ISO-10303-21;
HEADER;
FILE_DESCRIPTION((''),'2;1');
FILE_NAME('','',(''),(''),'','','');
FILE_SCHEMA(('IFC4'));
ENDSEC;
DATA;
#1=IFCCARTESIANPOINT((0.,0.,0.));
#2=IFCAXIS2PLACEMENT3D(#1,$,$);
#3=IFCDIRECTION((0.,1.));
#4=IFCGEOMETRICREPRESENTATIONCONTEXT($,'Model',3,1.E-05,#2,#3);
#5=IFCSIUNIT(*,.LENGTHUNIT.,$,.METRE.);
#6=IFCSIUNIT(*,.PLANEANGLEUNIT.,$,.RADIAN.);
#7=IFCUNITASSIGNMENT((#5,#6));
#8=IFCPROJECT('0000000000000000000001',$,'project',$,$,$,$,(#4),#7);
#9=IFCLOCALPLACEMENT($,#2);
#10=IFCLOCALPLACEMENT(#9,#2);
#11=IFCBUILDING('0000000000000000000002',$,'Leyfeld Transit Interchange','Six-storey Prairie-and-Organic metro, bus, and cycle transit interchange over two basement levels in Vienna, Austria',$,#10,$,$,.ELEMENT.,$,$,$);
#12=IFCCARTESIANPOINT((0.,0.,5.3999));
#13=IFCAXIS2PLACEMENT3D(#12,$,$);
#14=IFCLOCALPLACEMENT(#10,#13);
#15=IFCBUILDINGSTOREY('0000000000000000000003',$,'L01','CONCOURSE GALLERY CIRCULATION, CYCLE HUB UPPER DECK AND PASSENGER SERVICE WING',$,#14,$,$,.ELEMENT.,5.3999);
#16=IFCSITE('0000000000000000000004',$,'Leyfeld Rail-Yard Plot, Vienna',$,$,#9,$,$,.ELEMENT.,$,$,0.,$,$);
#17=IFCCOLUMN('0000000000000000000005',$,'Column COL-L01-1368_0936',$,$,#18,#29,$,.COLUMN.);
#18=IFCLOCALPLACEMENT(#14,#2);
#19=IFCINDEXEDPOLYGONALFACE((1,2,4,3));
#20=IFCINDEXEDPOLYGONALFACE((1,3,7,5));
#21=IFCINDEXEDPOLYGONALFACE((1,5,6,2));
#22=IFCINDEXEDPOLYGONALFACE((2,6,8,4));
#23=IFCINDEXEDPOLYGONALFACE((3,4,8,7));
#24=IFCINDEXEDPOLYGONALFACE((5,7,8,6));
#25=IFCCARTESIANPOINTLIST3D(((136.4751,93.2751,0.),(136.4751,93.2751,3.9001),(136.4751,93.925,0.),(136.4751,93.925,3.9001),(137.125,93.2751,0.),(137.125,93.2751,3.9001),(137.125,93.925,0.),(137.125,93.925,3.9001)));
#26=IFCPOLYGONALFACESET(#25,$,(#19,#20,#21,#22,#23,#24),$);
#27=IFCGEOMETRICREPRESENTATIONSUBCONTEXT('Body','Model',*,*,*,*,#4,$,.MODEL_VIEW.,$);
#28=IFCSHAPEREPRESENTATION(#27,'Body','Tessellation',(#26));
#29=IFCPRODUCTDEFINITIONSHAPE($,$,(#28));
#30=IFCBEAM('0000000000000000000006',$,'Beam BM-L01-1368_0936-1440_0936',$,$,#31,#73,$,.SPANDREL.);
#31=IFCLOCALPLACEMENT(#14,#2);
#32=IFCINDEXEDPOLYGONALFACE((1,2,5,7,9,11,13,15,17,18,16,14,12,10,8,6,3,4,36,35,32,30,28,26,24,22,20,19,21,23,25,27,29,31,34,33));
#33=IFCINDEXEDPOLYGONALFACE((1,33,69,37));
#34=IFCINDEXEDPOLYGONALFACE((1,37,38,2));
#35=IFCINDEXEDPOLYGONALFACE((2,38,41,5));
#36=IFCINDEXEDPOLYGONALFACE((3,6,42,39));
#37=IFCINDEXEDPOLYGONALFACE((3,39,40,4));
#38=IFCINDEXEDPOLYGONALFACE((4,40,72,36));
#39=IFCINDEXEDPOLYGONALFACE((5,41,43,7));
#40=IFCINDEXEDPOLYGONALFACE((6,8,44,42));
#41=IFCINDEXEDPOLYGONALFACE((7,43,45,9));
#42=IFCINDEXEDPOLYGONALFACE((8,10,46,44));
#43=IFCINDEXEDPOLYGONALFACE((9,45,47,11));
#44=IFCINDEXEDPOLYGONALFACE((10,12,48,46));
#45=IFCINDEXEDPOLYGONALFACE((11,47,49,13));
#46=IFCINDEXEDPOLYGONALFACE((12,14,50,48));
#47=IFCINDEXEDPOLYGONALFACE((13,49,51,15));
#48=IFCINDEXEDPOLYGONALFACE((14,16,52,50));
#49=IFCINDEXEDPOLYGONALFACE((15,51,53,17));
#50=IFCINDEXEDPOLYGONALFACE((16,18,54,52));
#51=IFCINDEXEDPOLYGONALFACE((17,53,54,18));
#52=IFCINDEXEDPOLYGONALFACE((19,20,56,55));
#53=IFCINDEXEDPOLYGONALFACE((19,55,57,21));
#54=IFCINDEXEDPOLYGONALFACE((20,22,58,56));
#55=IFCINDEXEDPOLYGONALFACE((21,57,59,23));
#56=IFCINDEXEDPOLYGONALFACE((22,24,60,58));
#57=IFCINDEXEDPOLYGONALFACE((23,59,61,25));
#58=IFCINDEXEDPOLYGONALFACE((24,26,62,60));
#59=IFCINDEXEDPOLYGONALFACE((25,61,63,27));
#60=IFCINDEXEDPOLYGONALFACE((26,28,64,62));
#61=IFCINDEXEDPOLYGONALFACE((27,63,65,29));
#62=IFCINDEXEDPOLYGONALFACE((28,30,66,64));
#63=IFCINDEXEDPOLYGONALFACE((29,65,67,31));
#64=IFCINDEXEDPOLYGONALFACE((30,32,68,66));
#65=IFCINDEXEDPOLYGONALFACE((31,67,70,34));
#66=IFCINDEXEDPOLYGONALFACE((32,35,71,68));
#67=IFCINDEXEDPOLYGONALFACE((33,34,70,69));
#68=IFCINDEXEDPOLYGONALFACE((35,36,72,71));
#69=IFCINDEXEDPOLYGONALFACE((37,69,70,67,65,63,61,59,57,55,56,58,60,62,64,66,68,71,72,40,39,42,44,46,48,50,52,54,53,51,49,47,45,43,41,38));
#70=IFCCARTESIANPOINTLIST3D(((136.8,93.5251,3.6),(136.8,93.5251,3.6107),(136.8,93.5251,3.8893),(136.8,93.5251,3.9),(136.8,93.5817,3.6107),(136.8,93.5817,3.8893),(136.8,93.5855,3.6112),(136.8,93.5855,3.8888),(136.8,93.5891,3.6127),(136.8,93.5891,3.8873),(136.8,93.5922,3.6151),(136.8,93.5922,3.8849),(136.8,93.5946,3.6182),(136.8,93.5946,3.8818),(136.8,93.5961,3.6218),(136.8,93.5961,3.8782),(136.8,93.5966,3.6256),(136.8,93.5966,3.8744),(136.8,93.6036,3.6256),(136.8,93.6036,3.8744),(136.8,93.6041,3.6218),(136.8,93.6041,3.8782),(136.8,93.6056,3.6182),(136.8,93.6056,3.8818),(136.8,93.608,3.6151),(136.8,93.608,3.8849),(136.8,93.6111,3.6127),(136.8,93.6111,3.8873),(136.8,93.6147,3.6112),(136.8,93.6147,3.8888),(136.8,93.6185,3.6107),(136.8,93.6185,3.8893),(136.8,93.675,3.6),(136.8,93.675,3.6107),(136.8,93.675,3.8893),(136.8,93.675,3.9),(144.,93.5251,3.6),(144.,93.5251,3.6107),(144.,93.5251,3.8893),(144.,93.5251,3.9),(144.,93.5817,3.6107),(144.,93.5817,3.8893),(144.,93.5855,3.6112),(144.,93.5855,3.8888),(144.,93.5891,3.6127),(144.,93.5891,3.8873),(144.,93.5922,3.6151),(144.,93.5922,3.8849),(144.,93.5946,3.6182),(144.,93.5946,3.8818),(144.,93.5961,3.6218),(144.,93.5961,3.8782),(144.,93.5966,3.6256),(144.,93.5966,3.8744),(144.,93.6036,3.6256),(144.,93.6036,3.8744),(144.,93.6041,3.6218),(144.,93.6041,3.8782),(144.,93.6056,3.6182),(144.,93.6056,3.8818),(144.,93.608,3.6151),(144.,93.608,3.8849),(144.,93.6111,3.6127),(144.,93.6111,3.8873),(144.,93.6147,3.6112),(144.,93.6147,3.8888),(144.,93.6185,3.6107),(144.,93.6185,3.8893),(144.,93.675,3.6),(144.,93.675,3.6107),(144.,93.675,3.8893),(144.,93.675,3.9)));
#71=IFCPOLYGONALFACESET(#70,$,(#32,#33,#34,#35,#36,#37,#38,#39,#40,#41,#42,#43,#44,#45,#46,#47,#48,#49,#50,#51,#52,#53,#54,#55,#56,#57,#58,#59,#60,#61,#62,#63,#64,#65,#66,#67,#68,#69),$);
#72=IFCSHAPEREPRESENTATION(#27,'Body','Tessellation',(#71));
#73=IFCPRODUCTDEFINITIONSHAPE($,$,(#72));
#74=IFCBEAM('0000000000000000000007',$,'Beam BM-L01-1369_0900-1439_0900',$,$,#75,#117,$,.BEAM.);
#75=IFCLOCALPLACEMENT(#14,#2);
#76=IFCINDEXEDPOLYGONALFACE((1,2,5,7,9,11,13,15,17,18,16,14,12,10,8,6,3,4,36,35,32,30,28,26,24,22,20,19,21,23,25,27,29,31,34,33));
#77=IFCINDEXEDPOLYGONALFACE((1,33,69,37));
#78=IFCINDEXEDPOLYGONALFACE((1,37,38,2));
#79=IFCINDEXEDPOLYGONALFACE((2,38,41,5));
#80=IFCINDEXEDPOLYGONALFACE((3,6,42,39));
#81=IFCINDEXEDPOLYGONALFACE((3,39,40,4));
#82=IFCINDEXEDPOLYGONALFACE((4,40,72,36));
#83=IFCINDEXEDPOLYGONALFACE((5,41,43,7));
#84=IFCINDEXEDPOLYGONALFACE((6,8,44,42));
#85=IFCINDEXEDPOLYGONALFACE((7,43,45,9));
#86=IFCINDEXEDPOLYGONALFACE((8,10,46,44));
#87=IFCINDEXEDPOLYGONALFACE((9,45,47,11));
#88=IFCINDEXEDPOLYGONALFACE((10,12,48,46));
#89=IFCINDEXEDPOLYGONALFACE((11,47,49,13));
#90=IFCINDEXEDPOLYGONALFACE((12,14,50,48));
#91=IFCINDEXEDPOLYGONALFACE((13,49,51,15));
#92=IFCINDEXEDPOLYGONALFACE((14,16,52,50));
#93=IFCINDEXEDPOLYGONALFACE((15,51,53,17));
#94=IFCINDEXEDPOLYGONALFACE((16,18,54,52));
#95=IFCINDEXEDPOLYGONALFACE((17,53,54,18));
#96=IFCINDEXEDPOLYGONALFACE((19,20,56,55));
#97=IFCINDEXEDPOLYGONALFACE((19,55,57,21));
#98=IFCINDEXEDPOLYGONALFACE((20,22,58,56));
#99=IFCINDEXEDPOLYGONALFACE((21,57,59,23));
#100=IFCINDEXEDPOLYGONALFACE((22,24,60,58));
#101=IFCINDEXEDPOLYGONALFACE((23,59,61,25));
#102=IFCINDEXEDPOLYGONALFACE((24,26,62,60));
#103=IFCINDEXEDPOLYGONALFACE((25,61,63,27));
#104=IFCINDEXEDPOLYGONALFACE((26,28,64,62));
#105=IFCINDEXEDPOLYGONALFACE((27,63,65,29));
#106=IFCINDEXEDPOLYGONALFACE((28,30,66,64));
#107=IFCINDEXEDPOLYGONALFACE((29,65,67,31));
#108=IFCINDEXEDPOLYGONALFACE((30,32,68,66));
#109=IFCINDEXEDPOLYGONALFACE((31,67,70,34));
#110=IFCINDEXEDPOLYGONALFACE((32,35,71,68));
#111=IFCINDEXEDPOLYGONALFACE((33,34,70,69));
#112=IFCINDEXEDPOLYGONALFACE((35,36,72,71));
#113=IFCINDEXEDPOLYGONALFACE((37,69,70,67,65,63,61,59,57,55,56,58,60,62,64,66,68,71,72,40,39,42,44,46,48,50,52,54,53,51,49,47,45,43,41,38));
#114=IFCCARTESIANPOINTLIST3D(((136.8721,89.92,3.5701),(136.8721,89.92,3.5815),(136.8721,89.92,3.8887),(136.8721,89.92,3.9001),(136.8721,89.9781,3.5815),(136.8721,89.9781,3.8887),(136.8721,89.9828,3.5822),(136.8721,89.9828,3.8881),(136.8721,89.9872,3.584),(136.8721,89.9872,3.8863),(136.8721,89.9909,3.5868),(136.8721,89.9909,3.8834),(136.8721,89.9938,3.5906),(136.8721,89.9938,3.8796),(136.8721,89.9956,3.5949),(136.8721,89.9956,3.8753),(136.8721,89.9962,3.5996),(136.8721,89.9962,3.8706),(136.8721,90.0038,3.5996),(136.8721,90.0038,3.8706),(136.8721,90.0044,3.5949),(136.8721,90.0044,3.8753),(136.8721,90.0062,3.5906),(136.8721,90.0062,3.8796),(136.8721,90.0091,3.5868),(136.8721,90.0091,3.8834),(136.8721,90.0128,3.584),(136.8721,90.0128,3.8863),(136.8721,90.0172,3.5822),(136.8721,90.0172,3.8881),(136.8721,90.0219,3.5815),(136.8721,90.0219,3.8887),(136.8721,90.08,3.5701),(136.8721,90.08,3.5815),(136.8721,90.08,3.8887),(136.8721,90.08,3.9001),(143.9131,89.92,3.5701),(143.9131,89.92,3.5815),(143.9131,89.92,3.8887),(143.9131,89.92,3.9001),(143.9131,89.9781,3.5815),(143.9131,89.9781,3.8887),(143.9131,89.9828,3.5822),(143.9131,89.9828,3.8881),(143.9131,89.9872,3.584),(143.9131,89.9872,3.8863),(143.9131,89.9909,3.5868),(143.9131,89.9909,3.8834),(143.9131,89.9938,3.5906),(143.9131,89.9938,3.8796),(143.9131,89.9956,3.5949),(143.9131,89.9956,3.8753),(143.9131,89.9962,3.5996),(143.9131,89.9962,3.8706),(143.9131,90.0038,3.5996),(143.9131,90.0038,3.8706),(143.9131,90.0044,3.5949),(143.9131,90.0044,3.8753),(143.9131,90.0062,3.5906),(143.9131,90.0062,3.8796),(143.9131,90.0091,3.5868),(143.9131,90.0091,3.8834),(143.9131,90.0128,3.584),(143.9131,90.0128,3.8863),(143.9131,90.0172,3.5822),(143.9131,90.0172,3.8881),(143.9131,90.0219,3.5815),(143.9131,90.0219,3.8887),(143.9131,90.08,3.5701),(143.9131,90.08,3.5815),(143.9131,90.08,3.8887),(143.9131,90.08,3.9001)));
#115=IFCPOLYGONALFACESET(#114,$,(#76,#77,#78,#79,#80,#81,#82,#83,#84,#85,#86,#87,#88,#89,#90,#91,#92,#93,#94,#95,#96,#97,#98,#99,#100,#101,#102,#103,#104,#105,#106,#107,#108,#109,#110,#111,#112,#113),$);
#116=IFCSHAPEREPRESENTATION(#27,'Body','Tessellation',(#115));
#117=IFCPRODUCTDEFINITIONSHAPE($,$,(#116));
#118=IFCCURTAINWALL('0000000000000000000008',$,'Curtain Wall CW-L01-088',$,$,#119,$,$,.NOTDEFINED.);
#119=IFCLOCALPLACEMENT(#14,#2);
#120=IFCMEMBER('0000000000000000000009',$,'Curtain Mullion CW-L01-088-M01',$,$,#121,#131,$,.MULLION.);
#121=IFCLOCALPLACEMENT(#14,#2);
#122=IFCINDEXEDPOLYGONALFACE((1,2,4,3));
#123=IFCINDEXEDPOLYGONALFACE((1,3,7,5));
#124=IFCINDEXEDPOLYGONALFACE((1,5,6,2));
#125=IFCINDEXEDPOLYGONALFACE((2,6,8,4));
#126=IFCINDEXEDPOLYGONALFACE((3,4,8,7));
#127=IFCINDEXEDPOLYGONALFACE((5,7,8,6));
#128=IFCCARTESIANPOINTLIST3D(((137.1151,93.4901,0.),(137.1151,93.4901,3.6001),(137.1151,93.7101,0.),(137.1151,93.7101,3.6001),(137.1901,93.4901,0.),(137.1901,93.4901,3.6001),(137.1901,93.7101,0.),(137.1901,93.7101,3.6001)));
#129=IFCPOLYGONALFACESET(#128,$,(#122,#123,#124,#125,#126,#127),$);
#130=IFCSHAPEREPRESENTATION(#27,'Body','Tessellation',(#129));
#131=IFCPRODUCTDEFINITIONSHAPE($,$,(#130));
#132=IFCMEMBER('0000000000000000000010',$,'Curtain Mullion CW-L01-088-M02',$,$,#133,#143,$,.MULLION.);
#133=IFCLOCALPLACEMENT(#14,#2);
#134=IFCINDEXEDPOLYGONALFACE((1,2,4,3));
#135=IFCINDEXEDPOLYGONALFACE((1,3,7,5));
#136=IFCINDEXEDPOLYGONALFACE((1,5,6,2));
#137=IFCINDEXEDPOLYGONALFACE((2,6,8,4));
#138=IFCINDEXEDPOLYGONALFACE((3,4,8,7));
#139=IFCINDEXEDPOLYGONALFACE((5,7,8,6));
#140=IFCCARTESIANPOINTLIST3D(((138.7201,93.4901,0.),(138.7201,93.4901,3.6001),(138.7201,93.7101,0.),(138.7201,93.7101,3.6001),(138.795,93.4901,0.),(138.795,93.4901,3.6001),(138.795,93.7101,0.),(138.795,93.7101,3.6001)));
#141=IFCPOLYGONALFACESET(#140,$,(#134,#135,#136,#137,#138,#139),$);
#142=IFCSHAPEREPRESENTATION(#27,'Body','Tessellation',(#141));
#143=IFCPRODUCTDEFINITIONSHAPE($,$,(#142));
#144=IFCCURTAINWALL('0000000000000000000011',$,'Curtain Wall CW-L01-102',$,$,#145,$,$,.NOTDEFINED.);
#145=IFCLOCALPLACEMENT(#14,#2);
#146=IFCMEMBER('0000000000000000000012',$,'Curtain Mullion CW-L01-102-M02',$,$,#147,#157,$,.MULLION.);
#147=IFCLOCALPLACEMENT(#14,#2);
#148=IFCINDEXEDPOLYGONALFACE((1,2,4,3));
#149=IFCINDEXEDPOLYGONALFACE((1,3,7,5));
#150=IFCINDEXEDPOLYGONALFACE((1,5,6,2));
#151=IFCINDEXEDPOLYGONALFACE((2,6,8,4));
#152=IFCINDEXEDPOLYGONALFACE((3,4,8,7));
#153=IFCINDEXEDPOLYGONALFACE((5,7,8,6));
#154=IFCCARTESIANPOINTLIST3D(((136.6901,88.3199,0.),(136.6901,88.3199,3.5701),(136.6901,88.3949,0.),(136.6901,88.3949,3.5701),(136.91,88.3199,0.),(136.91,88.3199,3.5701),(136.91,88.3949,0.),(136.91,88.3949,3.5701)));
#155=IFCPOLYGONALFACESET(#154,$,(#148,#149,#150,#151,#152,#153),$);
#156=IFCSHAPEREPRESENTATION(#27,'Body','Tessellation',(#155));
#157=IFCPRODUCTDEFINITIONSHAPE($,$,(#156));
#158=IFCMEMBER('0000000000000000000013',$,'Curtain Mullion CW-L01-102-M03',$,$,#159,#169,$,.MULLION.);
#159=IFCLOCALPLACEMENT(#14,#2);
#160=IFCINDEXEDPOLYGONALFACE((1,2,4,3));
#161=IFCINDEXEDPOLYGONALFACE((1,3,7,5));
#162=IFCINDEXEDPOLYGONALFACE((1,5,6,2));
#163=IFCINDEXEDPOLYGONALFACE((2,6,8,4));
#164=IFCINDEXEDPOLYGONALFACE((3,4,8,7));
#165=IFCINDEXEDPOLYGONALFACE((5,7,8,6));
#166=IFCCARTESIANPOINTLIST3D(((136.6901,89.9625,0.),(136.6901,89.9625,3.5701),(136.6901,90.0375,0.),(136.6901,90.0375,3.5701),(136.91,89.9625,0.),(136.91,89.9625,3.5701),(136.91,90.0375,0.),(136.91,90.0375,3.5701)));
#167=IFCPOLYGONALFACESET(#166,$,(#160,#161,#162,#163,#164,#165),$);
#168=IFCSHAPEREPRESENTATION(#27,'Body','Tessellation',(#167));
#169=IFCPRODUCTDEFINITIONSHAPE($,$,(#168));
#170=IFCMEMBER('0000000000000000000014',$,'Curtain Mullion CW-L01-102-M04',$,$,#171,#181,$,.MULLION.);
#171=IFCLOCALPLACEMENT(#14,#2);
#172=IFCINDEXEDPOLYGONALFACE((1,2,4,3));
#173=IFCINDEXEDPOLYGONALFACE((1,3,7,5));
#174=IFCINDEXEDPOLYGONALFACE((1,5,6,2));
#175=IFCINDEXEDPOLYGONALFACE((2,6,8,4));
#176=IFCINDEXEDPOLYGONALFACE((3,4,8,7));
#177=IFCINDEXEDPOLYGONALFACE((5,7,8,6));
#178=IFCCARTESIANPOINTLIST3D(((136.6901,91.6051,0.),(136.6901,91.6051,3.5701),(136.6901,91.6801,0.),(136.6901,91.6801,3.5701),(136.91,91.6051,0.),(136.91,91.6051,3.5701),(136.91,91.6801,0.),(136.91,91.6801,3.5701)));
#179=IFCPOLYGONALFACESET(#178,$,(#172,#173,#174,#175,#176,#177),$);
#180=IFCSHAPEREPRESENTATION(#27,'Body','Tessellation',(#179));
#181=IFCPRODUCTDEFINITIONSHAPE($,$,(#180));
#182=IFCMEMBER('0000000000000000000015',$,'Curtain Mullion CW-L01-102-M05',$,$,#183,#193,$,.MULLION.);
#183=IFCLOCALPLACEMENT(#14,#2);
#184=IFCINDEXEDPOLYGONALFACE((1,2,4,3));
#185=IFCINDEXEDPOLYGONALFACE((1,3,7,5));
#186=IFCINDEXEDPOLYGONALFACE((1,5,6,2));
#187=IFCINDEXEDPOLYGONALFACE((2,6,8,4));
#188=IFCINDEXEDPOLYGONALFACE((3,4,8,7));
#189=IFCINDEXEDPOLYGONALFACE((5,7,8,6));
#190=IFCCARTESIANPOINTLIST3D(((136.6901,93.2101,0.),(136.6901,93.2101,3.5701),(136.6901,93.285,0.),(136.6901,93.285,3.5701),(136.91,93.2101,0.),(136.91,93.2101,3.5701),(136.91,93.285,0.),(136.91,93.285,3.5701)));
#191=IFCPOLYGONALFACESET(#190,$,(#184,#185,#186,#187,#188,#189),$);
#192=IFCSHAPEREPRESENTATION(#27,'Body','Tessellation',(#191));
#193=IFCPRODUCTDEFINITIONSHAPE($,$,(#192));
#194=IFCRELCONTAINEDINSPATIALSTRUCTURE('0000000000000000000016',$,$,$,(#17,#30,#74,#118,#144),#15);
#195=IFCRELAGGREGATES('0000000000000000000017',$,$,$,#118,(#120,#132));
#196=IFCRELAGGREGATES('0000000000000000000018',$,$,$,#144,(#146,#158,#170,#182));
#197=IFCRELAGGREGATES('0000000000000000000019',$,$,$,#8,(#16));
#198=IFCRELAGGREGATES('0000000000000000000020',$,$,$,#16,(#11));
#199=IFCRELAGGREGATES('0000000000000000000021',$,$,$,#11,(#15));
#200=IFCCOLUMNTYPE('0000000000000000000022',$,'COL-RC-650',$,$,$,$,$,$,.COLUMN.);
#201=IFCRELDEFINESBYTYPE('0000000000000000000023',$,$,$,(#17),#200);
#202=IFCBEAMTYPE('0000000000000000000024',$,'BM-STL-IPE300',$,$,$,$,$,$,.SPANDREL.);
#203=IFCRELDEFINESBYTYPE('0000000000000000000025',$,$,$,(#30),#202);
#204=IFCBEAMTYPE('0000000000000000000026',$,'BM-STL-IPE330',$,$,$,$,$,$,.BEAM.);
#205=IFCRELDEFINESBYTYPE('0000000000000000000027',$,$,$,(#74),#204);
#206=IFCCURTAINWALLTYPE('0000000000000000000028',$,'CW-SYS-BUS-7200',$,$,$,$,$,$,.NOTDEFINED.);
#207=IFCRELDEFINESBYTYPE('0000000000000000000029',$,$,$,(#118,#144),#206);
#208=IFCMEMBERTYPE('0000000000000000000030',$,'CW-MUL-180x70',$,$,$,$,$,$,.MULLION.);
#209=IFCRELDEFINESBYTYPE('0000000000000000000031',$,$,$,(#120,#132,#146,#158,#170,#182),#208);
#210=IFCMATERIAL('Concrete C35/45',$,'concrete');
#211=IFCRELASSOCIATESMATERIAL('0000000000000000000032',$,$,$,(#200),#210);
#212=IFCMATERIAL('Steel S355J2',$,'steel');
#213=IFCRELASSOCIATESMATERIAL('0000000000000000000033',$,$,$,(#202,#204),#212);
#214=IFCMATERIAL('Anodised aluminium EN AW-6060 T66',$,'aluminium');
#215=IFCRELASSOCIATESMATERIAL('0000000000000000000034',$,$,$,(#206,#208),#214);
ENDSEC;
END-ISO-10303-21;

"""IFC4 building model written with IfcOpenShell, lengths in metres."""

from ifc_helpers import new_model, si_unit, direction, frame, origin, origin_2d, place, context, subcontext, project, spatial, rectangle, i_section, extrude, material, material_profile, profile_set, type_object, element, aggregate, save


model = new_model("IFC4")

# Units and contexts
model_context = context("Model", 3, precision=1e-05, world=origin(), true_north=direction((0.0, 1.0)))
body_context = subcontext(model_context, "Body", "Model", "MODEL_VIEW")
ifc_project = project(units=[si_unit("LENGTHUNIT", "METRE"), si_unit("PLANEANGLEUNIT", "RADIAN")], contexts=[model_context])

# Site, building, storey
site_placement = place(None, origin())
site = spatial("IfcSite", under=ifc_project, at=site_placement, Name="Leyfeld Rail-Yard Plot, Vienna", CompositionType="ELEMENT", RefElevation=0.0)
building_placement = place(site_placement, origin())
building = spatial("IfcBuilding", under=site, at=building_placement, Name="Leyfeld Transit Interchange", Description="Six-storey Prairie-and-Organic metro, bus, and cycle transit interchange over two basement levels in Vienna, Austria", CompositionType="ELEMENT")
storey_placement = place(building_placement, frame((0.0, 0.0, 5.3999)))
storey = spatial("IfcBuildingStorey", under=building, at=storey_placement, Name="L01", Description="CONCOURSE GALLERY CIRCULATION, CYCLE HUB UPPER DECK AND PASSENGER SERVICE WING", CompositionType="ELEMENT", Elevation=5.3999)

# Column
ifc_material_1 = material(Name="Concrete C35/45", Category="concrete")
ifc_material_profile_1 = material_profile(ifc_material_1, rectangle(XDim=0.6499, YDim=0.6499, at=origin_2d()), Name="RC 650x650")
ifc_profile_set_1 = profile_set([ifc_material_profile_1], Name="Concrete C35/45")
column_type = type_object("IfcColumnType", Name="COL-RC-650", PredefinedType="COLUMN", material=ifc_profile_set_1)
column_placement = place(storey_placement, frame((136.8, 93.6001, 0.0), z_axis=(0.0, 0.0, 1.0), x_axis=(1.0, 0.0, 0.0)))
element("IfcColumn", 1, at=column_placement, inside=storey, type_object=column_type, Name="Column COL-L01-1368_0936", PredefinedType="COLUMN", context=body_context, shape_type="SweptSolid", body=[
    extrude(rectangle(XDim=0.6499, YDim=0.6499, at=origin_2d()), origin(), (0.0, 0.0, 1.0), 3.9001),
])

# Beams
ifc_material_2 = material(Name="Steel S355J2", Category="steel")
ifc_material_profile_2 = material_profile(ifc_material_2, i_section(OverallWidth=0.1499, OverallDepth=0.3, WebThickness=0.0071, FlangeThickness=0.0107, FilletRadius=0.0149, at=origin_2d()), Name="IPE 300")
ifc_profile_set_2 = profile_set([ifc_material_profile_2], Name="Steel S355J2")
beam_type_1 = type_object("IfcBeamType", Name="BM-STL-IPE300", PredefinedType="SPANDREL", material=ifc_profile_set_2)
beam_1_placement = place(storey_placement, frame((136.8, 93.6001, 3.75), z_axis=(1.0, 0.0, 0.0), x_axis=(0.0, 1.0, 0.0)))
element("IfcBeam", 2, at=beam_1_placement, inside=storey, type_object=beam_type_1, Name="Beam BM-L01-1368_0936-1440_0936", PredefinedType="SPANDREL", context=body_context, shape_type="SweptSolid", body=[
    extrude(i_section(OverallWidth=0.1499, OverallDepth=0.3, WebThickness=0.0071, FlangeThickness=0.0107, FilletRadius=0.0149, at=origin_2d()), origin(), (0.0, 0.0, 1.0), 7.2),
])
ifc_material_profile_3 = material_profile(ifc_material_2, i_section(OverallWidth=0.1599, OverallDepth=0.3301, WebThickness=0.0076, FlangeThickness=0.0115, FilletRadius=0.0181, at=origin_2d()), Name="IPE 330")
ifc_profile_set_3 = profile_set([ifc_material_profile_3], Name="Steel S355J2")
beam_type_2 = type_object("IfcBeamType", Name="BM-STL-IPE330", PredefinedType="BEAM", material=ifc_profile_set_3)
beam_2_placement = place(storey_placement, frame((136.8721, 90.0, 3.7351), z_axis=(1.0, 0.0, 0.0), x_axis=(0.0, 1.0, 0.0)))
element("IfcBeam", 3, at=beam_2_placement, inside=storey, type_object=beam_type_2, Name="Beam BM-L01-1369_0900-1439_0900", PredefinedType="BEAM", context=body_context, shape_type="SweptSolid", body=[
    extrude(i_section(OverallWidth=0.1599, OverallDepth=0.3301, WebThickness=0.0076, FlangeThickness=0.0115, FilletRadius=0.0181, at=origin_2d()), origin(), (0.0, 0.0, 1.0), 7.041),
])

# Curtain walls, members
ifc_material_3 = material(Name="Anodised aluminium EN AW-6060 T66", Category="aluminium")
curtain_wall_type = type_object("IfcCurtainWallType", Name="CW-SYS-BUS-7200", PredefinedType="NOTDEFINED", material=ifc_material_3)
curtain_wall_1_placement = place(storey_placement, origin())
curtain_wall_1 = element("IfcCurtainWall", 4, at=curtain_wall_1_placement, inside=storey, type_object=curtain_wall_type, Name="Curtain Wall CW-L01-088", PredefinedType="NOTDEFINED")
ifc_material_profile_4 = material_profile(ifc_material_3, rectangle(XDim=0.075, YDim=0.22, at=origin_2d()), Name="CW-M 75x220")
ifc_profile_set_4 = profile_set([ifc_material_profile_4], Name="Anodised aluminium EN AW-6060 T66")
member_type_1 = type_object("IfcMemberType", Name="CW-MUL-180x70", PredefinedType="MULLION", material=ifc_profile_set_4)
member_1_placement = place(storey_placement, frame((137.1526, 93.6001, 0.0), z_axis=(0.0, 0.0, 1.0), x_axis=(1.0, 0.0, 0.0)))
member_1 = element("IfcMember", 5, at=member_1_placement, type_object=member_type_1, Name="Curtain Mullion CW-L01-088-M01", PredefinedType="MULLION", context=body_context, shape_type="SweptSolid", body=[
    extrude(rectangle(XDim=0.075, YDim=0.22, at=origin_2d()), origin(), (0.0, 0.0, 1.0), 3.6001),
])
member_2_placement = place(storey_placement, frame((138.7576, 93.6001, 0.0), z_axis=(0.0, 0.0, 1.0), x_axis=(1.0, 0.0, 0.0)))
member_2 = element("IfcMember", 6, at=member_2_placement, type_object=member_type_1, Name="Curtain Mullion CW-L01-088-M02", PredefinedType="MULLION", context=body_context, shape_type="SweptSolid", body=[
    extrude(rectangle(XDim=0.075, YDim=0.22, at=origin_2d()), origin(), (0.0, 0.0, 1.0), 3.6001),
])
curtain_wall_2_placement = place(storey_placement, origin())
curtain_wall_2 = element("IfcCurtainWall", 7, at=curtain_wall_2_placement, inside=storey, type_object=curtain_wall_type, Name="Curtain Wall CW-L01-102", PredefinedType="NOTDEFINED")
member_3_placement = place(storey_placement, frame((136.8, 88.3574, 0.0), z_axis=(0.0, 0.0, 1.0), x_axis=(0.0, 1.0, 0.0)))
member_3 = element("IfcMember", 8, at=member_3_placement, type_object=member_type_1, Name="Curtain Mullion CW-L01-102-M02", PredefinedType="MULLION", context=body_context, shape_type="SweptSolid", body=[
    extrude(rectangle(XDim=0.075, YDim=0.22, at=origin_2d()), origin(), (0.0, 0.0, 1.0), 3.5701),
])
member_4_placement = place(storey_placement, frame((136.8, 90.0, 0.0), z_axis=(0.0, 0.0, 1.0), x_axis=(0.0, 1.0, 0.0)))
member_4 = element("IfcMember", 9, at=member_4_placement, type_object=member_type_1, Name="Curtain Mullion CW-L01-102-M03", PredefinedType="MULLION", context=body_context, shape_type="SweptSolid", body=[
    extrude(rectangle(XDim=0.075, YDim=0.22, at=origin_2d()), origin(), (0.0, 0.0, 1.0), 3.5701),
])
member_5_placement = place(storey_placement, frame((136.8, 91.6426, 0.0), z_axis=(0.0, 0.0, 1.0), x_axis=(0.0, 1.0, 0.0)))
member_5 = element("IfcMember", 10, at=member_5_placement, type_object=member_type_1, Name="Curtain Mullion CW-L01-102-M04", PredefinedType="MULLION", context=body_context, shape_type="SweptSolid", body=[
    extrude(rectangle(XDim=0.075, YDim=0.22, at=origin_2d()), origin(), (0.0, 0.0, 1.0), 3.5701),
])
member_6_placement = place(storey_placement, frame((136.8, 93.2476, 0.0), z_axis=(0.0, 0.0, 1.0), x_axis=(0.0, 1.0, 0.0)))
member_6 = element("IfcMember", 11, at=member_6_placement, type_object=member_type_1, Name="Curtain Mullion CW-L01-102-M05", PredefinedType="MULLION", context=body_context, shape_type="SweptSolid", body=[
    extrude(rectangle(XDim=0.075, YDim=0.22, at=origin_2d()), origin(), (0.0, 0.0, 1.0), 3.5701),
])

aggregate(curtain_wall_1, [member_1, member_2])
aggregate(curtain_wall_2, [member_3, member_4, member_5, member_6])

save(model, "model.ifc")
